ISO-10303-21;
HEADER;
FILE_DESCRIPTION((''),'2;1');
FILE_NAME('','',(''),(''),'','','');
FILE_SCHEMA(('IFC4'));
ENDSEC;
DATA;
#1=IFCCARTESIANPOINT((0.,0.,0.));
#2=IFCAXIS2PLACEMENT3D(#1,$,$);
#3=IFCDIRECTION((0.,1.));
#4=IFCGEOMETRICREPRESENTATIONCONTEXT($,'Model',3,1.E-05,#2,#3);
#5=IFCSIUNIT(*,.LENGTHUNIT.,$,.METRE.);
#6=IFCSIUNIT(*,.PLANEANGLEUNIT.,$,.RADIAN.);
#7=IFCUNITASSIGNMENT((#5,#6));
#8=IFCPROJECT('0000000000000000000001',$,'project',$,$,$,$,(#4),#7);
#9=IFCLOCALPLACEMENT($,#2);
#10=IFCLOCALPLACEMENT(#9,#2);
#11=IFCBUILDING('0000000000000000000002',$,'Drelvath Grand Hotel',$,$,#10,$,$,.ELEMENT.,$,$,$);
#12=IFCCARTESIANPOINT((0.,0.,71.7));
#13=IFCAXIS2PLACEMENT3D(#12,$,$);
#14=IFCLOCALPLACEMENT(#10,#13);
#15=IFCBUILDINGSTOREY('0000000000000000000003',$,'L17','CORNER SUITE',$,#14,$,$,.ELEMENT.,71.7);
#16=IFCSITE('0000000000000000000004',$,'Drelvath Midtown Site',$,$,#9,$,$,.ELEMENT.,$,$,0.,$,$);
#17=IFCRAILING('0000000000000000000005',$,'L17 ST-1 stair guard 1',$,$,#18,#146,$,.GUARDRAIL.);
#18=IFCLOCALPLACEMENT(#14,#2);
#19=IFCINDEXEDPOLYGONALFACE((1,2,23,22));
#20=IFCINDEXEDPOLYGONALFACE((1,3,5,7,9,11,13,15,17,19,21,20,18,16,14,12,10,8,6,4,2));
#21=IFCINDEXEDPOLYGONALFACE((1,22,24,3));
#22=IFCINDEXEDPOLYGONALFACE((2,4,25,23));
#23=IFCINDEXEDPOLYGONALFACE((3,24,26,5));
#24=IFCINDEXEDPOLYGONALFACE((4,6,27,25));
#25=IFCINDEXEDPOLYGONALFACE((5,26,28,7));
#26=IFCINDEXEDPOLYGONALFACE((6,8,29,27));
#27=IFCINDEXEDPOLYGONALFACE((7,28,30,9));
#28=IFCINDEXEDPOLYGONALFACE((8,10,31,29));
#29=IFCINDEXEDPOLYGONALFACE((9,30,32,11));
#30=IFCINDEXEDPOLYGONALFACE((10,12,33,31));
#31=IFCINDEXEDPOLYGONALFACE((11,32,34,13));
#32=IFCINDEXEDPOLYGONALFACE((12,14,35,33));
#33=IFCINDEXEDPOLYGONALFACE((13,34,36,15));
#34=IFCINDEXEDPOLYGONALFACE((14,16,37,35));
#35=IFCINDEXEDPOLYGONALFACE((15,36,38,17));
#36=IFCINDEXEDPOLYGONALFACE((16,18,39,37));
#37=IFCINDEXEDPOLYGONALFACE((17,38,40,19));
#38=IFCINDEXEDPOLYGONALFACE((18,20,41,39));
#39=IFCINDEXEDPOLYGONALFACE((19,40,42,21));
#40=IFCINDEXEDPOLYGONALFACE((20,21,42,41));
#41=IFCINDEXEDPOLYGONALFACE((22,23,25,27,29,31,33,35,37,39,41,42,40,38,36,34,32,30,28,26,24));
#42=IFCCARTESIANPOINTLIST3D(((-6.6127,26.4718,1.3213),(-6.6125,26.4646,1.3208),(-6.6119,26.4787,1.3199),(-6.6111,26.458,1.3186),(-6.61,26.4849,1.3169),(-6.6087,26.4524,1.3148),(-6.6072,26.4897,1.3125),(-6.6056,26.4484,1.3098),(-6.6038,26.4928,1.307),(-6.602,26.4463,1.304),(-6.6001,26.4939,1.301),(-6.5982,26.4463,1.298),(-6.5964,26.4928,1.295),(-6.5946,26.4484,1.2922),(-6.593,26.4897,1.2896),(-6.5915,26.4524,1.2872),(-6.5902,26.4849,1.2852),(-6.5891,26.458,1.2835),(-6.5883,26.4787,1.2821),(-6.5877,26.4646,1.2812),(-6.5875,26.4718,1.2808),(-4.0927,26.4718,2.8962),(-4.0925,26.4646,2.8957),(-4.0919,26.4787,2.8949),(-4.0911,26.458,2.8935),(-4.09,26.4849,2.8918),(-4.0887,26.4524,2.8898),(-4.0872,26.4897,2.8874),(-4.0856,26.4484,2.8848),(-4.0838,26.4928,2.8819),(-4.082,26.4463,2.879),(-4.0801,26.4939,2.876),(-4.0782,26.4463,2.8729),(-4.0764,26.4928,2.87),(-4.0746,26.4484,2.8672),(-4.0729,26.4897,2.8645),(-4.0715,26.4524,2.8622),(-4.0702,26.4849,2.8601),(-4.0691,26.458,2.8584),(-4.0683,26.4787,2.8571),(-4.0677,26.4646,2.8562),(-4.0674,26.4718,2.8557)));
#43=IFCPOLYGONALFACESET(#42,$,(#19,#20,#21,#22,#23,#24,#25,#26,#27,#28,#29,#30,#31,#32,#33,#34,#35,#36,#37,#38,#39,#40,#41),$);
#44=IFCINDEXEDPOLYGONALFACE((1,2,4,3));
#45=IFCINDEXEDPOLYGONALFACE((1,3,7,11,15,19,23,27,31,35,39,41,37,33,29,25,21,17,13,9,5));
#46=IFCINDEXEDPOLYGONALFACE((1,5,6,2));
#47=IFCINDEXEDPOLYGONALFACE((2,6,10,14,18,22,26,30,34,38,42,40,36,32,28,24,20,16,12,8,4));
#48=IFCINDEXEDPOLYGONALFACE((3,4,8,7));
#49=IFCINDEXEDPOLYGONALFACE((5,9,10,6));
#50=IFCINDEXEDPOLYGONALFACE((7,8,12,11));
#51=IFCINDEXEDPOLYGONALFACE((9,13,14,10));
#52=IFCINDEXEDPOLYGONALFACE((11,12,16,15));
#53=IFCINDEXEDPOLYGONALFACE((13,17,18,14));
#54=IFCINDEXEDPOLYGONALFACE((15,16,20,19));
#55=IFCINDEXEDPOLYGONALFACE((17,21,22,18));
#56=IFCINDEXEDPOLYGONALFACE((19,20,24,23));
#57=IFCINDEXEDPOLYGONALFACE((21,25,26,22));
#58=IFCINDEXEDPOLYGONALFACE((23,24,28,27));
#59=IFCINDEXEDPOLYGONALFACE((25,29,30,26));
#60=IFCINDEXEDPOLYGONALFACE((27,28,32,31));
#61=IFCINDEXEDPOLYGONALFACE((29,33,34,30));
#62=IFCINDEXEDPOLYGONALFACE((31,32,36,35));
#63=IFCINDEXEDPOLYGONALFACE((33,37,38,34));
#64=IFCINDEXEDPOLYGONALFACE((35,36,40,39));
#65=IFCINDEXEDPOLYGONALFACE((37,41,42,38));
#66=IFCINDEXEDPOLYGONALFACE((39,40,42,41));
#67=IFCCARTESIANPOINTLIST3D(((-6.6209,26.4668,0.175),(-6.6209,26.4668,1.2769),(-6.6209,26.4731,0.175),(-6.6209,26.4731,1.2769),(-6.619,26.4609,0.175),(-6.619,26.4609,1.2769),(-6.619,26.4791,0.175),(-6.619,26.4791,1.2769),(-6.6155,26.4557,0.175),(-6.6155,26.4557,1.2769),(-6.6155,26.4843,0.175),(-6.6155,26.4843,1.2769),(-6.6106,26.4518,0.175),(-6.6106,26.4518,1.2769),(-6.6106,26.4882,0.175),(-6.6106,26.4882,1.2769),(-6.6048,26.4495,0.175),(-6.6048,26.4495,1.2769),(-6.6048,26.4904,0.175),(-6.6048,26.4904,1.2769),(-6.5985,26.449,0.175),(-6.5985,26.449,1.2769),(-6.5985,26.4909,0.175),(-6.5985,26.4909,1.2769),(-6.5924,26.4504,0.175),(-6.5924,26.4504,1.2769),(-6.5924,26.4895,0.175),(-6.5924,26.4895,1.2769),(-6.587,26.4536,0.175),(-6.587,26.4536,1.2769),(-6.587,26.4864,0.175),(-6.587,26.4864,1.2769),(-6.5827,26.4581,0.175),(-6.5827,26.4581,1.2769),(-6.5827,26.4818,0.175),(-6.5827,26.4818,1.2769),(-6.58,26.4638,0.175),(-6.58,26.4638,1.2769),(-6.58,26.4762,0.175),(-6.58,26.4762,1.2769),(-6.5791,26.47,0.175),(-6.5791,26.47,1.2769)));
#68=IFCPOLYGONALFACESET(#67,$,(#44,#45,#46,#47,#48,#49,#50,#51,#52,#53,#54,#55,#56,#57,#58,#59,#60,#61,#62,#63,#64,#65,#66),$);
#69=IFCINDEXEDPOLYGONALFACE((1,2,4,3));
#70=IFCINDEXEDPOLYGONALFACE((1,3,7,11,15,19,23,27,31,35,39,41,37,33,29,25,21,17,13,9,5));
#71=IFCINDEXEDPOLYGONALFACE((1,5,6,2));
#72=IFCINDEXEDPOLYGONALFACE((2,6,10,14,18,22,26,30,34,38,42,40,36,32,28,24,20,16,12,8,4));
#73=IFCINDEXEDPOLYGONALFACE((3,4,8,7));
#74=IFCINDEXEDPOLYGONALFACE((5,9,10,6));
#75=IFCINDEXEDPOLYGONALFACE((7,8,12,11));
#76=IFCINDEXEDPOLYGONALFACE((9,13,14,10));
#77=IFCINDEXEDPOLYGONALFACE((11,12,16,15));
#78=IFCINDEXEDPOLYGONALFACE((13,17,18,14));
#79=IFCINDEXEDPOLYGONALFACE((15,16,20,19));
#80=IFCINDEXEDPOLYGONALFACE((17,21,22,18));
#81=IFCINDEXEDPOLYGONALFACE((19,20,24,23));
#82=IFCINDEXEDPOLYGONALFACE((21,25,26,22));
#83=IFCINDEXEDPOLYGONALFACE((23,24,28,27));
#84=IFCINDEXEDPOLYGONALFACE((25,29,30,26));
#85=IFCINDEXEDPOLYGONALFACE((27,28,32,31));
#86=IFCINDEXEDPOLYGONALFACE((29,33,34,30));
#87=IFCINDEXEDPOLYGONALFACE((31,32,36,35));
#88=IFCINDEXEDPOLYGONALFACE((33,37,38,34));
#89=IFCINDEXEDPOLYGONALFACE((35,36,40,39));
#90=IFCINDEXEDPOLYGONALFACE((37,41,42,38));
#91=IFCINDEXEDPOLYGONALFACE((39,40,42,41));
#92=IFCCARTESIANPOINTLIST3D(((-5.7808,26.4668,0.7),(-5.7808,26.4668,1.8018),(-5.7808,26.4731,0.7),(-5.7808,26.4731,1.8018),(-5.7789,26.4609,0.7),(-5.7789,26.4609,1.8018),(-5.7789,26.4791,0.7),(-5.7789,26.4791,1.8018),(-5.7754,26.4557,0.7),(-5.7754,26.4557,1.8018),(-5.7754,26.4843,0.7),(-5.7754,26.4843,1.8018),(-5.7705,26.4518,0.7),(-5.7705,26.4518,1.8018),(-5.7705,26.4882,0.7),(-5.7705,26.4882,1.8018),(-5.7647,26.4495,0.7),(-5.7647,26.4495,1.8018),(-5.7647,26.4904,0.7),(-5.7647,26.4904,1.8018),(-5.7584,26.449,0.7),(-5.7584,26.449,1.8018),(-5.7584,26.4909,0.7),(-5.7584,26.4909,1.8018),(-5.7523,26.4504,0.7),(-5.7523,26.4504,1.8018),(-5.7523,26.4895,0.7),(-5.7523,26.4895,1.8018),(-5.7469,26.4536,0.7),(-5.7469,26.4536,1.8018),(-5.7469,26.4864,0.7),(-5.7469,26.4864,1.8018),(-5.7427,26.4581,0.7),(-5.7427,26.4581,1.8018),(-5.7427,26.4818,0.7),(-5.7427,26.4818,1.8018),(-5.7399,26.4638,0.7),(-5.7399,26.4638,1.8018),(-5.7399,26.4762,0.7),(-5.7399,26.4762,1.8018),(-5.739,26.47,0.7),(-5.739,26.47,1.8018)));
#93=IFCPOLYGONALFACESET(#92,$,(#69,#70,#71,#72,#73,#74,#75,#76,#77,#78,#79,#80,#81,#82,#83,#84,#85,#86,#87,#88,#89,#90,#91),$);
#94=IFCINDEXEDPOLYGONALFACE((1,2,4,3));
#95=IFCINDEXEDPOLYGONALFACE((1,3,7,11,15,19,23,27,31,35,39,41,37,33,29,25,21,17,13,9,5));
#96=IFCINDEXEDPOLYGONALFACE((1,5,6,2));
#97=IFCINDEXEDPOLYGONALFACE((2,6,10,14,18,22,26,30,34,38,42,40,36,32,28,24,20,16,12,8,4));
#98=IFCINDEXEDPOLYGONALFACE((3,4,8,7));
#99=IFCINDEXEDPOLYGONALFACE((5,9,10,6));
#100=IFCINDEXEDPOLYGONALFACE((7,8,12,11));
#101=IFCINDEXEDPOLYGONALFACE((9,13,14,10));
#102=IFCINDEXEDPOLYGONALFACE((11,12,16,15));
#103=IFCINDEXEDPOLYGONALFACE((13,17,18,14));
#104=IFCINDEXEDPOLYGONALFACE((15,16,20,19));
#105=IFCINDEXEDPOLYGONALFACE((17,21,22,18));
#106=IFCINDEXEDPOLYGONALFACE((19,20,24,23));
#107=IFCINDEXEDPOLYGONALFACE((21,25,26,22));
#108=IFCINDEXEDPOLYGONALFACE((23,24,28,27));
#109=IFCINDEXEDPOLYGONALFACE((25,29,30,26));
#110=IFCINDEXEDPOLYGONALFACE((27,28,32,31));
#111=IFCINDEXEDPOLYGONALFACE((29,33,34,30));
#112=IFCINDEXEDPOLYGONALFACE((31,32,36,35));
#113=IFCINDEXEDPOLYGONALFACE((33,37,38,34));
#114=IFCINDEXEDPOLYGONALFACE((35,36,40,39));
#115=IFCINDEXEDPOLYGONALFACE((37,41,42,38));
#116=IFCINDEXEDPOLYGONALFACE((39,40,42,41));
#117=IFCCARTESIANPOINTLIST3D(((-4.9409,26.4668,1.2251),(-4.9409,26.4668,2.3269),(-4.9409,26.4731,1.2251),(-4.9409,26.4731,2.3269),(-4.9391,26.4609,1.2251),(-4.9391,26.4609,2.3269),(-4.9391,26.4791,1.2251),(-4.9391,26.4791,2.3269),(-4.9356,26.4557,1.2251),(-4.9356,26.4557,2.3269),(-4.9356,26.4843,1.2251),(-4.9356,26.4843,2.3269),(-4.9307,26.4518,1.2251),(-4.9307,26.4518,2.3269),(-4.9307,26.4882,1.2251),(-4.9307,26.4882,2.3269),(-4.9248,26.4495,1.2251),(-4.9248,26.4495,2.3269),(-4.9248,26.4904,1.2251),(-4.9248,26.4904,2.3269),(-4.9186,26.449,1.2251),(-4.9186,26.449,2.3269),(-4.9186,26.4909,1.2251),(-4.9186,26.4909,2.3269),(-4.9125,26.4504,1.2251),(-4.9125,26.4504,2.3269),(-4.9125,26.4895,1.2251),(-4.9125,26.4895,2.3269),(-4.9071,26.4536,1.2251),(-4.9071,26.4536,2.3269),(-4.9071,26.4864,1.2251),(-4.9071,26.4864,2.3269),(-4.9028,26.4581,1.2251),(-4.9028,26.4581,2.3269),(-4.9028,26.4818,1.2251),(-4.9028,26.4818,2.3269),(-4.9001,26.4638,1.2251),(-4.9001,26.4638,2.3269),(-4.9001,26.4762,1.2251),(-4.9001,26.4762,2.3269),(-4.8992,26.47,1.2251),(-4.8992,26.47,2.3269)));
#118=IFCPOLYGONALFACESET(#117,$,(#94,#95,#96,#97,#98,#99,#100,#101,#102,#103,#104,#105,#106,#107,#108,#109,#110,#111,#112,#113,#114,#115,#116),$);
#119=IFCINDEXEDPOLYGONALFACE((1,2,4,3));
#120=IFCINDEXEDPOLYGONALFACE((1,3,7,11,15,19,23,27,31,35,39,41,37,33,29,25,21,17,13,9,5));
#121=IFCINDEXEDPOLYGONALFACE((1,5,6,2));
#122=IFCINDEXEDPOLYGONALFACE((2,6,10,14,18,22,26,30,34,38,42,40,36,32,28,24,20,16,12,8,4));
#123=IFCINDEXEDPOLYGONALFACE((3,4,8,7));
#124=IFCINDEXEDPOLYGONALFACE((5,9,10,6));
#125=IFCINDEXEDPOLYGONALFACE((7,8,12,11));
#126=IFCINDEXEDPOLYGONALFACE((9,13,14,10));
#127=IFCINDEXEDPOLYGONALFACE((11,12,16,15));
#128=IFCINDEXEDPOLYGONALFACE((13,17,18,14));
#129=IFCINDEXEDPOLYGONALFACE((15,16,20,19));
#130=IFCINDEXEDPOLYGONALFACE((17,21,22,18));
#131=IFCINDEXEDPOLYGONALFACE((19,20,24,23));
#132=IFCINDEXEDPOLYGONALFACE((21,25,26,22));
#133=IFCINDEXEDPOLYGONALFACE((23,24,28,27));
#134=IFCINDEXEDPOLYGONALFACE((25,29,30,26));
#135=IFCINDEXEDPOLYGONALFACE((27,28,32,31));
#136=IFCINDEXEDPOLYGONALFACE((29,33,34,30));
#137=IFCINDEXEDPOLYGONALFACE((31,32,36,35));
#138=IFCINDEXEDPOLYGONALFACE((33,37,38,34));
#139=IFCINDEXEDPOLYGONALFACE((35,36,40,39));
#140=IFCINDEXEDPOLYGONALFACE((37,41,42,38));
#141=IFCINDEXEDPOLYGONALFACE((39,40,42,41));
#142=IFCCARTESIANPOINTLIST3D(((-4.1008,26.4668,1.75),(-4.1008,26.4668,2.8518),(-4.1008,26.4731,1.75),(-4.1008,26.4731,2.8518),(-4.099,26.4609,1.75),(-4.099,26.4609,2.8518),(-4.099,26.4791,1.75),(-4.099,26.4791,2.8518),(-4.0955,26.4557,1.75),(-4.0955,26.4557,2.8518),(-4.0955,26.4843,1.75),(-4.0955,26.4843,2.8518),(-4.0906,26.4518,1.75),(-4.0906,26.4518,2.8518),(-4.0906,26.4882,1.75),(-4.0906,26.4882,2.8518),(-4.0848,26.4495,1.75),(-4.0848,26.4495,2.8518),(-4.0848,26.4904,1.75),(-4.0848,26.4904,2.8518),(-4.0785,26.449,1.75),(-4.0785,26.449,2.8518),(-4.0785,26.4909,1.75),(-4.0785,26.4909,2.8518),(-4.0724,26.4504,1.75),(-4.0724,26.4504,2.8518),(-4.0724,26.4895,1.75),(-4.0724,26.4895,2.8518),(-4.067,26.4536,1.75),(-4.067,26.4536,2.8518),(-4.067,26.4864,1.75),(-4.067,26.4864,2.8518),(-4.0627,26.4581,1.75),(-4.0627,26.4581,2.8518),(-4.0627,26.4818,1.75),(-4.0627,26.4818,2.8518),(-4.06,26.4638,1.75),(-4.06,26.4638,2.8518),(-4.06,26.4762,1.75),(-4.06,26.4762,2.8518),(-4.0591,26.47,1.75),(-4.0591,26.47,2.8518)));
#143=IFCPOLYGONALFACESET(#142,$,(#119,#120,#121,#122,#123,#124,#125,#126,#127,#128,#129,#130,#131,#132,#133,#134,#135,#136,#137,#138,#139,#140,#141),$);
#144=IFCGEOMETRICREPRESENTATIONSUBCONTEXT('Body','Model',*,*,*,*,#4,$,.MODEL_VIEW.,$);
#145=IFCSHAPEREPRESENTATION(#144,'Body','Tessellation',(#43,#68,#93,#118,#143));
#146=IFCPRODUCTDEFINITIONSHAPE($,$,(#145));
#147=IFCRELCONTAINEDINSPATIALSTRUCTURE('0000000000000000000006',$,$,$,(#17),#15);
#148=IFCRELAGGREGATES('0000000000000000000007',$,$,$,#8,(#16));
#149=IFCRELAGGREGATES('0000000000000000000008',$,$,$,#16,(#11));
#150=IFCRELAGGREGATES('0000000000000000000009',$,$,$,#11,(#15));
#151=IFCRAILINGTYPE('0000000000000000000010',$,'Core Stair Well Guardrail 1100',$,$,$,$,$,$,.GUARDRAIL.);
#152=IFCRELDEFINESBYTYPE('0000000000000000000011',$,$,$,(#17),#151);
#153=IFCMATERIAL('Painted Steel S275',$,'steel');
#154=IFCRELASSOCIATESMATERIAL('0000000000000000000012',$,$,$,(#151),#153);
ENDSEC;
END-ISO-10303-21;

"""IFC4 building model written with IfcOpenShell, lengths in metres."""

from ifc_helpers import new_model, si_unit, direction, frame, origin, origin_2d, place, context, subcontext, project, spatial, circle, extrude, material, type_object, element, save


model = new_model("IFC4")

# Units and contexts
model_context = context("Model", 3, precision=1e-05, world=origin(), true_north=direction((0.0, 1.0)))
body_context = subcontext(model_context, "Body", "Model", "MODEL_VIEW")
ifc_project = project(units=[si_unit("LENGTHUNIT", "METRE"), si_unit("PLANEANGLEUNIT", "RADIAN")], contexts=[model_context])

# Site, building, storey
site_placement = place(None, origin())
site = spatial("IfcSite", under=ifc_project, at=site_placement, Name="Drelvath Midtown Site", CompositionType="ELEMENT", RefElevation=0.0)
building_placement = place(site_placement, origin())
building = spatial("IfcBuilding", under=site, at=building_placement, Name="Drelvath Grand Hotel", CompositionType="ELEMENT")
storey_placement = place(building_placement, frame((0.0, 0.0, 71.7)))
storey = spatial("IfcBuildingStorey", under=building, at=storey_placement, Name="L17", Description="CORNER SUITE", CompositionType="ELEMENT", Elevation=71.7)

# Shared definitions
ifc_material_1 = material(Name="Painted Steel S275", Category="steel")

# Railing
railing_type_1 = type_object("IfcRailingType", Name="Core Stair Well Guardrail 1100", PredefinedType="GUARDRAIL", material=ifc_material_1)
railing_1_placement = place(storey_placement, frame((-6.6001, 26.47, 0.175)))
element("IfcRailing", 1, at=railing_1_placement, inside=storey, type_object=railing_type_1, Name="L17 ST-1 stair guard 1", PredefinedType="GUARDRAIL", context=body_context, shape_type="SweptSolid", body=[
    extrude(circle(Radius=0.0239, at=origin_2d()), frame((0.0, 0.0, 1.126), z_axis=(0.848008, 0.0, 0.529984), x_axis=(0.0, 1.0, 0.0)), (0.0, 0.0, 1.0), 2.9717),
    extrude(circle(Radius=0.021, at=origin_2d()), origin(), (0.0, 0.0, 1.0), 1.1018),
    extrude(circle(Radius=0.021, at=origin_2d()), frame((0.8401, 0.0, 0.5249)), (0.0, 0.0, 1.0), 1.1018),
    extrude(circle(Radius=0.021, at=origin_2d()), frame((1.6799, 0.0, 1.05)), (0.0, 0.0, 1.0), 1.1018),
    extrude(circle(Radius=0.021, at=origin_2d()), frame((2.52, 0.0, 1.575)), (0.0, 0.0, 1.0), 1.1018),
])

save(model, "model.ifc")
